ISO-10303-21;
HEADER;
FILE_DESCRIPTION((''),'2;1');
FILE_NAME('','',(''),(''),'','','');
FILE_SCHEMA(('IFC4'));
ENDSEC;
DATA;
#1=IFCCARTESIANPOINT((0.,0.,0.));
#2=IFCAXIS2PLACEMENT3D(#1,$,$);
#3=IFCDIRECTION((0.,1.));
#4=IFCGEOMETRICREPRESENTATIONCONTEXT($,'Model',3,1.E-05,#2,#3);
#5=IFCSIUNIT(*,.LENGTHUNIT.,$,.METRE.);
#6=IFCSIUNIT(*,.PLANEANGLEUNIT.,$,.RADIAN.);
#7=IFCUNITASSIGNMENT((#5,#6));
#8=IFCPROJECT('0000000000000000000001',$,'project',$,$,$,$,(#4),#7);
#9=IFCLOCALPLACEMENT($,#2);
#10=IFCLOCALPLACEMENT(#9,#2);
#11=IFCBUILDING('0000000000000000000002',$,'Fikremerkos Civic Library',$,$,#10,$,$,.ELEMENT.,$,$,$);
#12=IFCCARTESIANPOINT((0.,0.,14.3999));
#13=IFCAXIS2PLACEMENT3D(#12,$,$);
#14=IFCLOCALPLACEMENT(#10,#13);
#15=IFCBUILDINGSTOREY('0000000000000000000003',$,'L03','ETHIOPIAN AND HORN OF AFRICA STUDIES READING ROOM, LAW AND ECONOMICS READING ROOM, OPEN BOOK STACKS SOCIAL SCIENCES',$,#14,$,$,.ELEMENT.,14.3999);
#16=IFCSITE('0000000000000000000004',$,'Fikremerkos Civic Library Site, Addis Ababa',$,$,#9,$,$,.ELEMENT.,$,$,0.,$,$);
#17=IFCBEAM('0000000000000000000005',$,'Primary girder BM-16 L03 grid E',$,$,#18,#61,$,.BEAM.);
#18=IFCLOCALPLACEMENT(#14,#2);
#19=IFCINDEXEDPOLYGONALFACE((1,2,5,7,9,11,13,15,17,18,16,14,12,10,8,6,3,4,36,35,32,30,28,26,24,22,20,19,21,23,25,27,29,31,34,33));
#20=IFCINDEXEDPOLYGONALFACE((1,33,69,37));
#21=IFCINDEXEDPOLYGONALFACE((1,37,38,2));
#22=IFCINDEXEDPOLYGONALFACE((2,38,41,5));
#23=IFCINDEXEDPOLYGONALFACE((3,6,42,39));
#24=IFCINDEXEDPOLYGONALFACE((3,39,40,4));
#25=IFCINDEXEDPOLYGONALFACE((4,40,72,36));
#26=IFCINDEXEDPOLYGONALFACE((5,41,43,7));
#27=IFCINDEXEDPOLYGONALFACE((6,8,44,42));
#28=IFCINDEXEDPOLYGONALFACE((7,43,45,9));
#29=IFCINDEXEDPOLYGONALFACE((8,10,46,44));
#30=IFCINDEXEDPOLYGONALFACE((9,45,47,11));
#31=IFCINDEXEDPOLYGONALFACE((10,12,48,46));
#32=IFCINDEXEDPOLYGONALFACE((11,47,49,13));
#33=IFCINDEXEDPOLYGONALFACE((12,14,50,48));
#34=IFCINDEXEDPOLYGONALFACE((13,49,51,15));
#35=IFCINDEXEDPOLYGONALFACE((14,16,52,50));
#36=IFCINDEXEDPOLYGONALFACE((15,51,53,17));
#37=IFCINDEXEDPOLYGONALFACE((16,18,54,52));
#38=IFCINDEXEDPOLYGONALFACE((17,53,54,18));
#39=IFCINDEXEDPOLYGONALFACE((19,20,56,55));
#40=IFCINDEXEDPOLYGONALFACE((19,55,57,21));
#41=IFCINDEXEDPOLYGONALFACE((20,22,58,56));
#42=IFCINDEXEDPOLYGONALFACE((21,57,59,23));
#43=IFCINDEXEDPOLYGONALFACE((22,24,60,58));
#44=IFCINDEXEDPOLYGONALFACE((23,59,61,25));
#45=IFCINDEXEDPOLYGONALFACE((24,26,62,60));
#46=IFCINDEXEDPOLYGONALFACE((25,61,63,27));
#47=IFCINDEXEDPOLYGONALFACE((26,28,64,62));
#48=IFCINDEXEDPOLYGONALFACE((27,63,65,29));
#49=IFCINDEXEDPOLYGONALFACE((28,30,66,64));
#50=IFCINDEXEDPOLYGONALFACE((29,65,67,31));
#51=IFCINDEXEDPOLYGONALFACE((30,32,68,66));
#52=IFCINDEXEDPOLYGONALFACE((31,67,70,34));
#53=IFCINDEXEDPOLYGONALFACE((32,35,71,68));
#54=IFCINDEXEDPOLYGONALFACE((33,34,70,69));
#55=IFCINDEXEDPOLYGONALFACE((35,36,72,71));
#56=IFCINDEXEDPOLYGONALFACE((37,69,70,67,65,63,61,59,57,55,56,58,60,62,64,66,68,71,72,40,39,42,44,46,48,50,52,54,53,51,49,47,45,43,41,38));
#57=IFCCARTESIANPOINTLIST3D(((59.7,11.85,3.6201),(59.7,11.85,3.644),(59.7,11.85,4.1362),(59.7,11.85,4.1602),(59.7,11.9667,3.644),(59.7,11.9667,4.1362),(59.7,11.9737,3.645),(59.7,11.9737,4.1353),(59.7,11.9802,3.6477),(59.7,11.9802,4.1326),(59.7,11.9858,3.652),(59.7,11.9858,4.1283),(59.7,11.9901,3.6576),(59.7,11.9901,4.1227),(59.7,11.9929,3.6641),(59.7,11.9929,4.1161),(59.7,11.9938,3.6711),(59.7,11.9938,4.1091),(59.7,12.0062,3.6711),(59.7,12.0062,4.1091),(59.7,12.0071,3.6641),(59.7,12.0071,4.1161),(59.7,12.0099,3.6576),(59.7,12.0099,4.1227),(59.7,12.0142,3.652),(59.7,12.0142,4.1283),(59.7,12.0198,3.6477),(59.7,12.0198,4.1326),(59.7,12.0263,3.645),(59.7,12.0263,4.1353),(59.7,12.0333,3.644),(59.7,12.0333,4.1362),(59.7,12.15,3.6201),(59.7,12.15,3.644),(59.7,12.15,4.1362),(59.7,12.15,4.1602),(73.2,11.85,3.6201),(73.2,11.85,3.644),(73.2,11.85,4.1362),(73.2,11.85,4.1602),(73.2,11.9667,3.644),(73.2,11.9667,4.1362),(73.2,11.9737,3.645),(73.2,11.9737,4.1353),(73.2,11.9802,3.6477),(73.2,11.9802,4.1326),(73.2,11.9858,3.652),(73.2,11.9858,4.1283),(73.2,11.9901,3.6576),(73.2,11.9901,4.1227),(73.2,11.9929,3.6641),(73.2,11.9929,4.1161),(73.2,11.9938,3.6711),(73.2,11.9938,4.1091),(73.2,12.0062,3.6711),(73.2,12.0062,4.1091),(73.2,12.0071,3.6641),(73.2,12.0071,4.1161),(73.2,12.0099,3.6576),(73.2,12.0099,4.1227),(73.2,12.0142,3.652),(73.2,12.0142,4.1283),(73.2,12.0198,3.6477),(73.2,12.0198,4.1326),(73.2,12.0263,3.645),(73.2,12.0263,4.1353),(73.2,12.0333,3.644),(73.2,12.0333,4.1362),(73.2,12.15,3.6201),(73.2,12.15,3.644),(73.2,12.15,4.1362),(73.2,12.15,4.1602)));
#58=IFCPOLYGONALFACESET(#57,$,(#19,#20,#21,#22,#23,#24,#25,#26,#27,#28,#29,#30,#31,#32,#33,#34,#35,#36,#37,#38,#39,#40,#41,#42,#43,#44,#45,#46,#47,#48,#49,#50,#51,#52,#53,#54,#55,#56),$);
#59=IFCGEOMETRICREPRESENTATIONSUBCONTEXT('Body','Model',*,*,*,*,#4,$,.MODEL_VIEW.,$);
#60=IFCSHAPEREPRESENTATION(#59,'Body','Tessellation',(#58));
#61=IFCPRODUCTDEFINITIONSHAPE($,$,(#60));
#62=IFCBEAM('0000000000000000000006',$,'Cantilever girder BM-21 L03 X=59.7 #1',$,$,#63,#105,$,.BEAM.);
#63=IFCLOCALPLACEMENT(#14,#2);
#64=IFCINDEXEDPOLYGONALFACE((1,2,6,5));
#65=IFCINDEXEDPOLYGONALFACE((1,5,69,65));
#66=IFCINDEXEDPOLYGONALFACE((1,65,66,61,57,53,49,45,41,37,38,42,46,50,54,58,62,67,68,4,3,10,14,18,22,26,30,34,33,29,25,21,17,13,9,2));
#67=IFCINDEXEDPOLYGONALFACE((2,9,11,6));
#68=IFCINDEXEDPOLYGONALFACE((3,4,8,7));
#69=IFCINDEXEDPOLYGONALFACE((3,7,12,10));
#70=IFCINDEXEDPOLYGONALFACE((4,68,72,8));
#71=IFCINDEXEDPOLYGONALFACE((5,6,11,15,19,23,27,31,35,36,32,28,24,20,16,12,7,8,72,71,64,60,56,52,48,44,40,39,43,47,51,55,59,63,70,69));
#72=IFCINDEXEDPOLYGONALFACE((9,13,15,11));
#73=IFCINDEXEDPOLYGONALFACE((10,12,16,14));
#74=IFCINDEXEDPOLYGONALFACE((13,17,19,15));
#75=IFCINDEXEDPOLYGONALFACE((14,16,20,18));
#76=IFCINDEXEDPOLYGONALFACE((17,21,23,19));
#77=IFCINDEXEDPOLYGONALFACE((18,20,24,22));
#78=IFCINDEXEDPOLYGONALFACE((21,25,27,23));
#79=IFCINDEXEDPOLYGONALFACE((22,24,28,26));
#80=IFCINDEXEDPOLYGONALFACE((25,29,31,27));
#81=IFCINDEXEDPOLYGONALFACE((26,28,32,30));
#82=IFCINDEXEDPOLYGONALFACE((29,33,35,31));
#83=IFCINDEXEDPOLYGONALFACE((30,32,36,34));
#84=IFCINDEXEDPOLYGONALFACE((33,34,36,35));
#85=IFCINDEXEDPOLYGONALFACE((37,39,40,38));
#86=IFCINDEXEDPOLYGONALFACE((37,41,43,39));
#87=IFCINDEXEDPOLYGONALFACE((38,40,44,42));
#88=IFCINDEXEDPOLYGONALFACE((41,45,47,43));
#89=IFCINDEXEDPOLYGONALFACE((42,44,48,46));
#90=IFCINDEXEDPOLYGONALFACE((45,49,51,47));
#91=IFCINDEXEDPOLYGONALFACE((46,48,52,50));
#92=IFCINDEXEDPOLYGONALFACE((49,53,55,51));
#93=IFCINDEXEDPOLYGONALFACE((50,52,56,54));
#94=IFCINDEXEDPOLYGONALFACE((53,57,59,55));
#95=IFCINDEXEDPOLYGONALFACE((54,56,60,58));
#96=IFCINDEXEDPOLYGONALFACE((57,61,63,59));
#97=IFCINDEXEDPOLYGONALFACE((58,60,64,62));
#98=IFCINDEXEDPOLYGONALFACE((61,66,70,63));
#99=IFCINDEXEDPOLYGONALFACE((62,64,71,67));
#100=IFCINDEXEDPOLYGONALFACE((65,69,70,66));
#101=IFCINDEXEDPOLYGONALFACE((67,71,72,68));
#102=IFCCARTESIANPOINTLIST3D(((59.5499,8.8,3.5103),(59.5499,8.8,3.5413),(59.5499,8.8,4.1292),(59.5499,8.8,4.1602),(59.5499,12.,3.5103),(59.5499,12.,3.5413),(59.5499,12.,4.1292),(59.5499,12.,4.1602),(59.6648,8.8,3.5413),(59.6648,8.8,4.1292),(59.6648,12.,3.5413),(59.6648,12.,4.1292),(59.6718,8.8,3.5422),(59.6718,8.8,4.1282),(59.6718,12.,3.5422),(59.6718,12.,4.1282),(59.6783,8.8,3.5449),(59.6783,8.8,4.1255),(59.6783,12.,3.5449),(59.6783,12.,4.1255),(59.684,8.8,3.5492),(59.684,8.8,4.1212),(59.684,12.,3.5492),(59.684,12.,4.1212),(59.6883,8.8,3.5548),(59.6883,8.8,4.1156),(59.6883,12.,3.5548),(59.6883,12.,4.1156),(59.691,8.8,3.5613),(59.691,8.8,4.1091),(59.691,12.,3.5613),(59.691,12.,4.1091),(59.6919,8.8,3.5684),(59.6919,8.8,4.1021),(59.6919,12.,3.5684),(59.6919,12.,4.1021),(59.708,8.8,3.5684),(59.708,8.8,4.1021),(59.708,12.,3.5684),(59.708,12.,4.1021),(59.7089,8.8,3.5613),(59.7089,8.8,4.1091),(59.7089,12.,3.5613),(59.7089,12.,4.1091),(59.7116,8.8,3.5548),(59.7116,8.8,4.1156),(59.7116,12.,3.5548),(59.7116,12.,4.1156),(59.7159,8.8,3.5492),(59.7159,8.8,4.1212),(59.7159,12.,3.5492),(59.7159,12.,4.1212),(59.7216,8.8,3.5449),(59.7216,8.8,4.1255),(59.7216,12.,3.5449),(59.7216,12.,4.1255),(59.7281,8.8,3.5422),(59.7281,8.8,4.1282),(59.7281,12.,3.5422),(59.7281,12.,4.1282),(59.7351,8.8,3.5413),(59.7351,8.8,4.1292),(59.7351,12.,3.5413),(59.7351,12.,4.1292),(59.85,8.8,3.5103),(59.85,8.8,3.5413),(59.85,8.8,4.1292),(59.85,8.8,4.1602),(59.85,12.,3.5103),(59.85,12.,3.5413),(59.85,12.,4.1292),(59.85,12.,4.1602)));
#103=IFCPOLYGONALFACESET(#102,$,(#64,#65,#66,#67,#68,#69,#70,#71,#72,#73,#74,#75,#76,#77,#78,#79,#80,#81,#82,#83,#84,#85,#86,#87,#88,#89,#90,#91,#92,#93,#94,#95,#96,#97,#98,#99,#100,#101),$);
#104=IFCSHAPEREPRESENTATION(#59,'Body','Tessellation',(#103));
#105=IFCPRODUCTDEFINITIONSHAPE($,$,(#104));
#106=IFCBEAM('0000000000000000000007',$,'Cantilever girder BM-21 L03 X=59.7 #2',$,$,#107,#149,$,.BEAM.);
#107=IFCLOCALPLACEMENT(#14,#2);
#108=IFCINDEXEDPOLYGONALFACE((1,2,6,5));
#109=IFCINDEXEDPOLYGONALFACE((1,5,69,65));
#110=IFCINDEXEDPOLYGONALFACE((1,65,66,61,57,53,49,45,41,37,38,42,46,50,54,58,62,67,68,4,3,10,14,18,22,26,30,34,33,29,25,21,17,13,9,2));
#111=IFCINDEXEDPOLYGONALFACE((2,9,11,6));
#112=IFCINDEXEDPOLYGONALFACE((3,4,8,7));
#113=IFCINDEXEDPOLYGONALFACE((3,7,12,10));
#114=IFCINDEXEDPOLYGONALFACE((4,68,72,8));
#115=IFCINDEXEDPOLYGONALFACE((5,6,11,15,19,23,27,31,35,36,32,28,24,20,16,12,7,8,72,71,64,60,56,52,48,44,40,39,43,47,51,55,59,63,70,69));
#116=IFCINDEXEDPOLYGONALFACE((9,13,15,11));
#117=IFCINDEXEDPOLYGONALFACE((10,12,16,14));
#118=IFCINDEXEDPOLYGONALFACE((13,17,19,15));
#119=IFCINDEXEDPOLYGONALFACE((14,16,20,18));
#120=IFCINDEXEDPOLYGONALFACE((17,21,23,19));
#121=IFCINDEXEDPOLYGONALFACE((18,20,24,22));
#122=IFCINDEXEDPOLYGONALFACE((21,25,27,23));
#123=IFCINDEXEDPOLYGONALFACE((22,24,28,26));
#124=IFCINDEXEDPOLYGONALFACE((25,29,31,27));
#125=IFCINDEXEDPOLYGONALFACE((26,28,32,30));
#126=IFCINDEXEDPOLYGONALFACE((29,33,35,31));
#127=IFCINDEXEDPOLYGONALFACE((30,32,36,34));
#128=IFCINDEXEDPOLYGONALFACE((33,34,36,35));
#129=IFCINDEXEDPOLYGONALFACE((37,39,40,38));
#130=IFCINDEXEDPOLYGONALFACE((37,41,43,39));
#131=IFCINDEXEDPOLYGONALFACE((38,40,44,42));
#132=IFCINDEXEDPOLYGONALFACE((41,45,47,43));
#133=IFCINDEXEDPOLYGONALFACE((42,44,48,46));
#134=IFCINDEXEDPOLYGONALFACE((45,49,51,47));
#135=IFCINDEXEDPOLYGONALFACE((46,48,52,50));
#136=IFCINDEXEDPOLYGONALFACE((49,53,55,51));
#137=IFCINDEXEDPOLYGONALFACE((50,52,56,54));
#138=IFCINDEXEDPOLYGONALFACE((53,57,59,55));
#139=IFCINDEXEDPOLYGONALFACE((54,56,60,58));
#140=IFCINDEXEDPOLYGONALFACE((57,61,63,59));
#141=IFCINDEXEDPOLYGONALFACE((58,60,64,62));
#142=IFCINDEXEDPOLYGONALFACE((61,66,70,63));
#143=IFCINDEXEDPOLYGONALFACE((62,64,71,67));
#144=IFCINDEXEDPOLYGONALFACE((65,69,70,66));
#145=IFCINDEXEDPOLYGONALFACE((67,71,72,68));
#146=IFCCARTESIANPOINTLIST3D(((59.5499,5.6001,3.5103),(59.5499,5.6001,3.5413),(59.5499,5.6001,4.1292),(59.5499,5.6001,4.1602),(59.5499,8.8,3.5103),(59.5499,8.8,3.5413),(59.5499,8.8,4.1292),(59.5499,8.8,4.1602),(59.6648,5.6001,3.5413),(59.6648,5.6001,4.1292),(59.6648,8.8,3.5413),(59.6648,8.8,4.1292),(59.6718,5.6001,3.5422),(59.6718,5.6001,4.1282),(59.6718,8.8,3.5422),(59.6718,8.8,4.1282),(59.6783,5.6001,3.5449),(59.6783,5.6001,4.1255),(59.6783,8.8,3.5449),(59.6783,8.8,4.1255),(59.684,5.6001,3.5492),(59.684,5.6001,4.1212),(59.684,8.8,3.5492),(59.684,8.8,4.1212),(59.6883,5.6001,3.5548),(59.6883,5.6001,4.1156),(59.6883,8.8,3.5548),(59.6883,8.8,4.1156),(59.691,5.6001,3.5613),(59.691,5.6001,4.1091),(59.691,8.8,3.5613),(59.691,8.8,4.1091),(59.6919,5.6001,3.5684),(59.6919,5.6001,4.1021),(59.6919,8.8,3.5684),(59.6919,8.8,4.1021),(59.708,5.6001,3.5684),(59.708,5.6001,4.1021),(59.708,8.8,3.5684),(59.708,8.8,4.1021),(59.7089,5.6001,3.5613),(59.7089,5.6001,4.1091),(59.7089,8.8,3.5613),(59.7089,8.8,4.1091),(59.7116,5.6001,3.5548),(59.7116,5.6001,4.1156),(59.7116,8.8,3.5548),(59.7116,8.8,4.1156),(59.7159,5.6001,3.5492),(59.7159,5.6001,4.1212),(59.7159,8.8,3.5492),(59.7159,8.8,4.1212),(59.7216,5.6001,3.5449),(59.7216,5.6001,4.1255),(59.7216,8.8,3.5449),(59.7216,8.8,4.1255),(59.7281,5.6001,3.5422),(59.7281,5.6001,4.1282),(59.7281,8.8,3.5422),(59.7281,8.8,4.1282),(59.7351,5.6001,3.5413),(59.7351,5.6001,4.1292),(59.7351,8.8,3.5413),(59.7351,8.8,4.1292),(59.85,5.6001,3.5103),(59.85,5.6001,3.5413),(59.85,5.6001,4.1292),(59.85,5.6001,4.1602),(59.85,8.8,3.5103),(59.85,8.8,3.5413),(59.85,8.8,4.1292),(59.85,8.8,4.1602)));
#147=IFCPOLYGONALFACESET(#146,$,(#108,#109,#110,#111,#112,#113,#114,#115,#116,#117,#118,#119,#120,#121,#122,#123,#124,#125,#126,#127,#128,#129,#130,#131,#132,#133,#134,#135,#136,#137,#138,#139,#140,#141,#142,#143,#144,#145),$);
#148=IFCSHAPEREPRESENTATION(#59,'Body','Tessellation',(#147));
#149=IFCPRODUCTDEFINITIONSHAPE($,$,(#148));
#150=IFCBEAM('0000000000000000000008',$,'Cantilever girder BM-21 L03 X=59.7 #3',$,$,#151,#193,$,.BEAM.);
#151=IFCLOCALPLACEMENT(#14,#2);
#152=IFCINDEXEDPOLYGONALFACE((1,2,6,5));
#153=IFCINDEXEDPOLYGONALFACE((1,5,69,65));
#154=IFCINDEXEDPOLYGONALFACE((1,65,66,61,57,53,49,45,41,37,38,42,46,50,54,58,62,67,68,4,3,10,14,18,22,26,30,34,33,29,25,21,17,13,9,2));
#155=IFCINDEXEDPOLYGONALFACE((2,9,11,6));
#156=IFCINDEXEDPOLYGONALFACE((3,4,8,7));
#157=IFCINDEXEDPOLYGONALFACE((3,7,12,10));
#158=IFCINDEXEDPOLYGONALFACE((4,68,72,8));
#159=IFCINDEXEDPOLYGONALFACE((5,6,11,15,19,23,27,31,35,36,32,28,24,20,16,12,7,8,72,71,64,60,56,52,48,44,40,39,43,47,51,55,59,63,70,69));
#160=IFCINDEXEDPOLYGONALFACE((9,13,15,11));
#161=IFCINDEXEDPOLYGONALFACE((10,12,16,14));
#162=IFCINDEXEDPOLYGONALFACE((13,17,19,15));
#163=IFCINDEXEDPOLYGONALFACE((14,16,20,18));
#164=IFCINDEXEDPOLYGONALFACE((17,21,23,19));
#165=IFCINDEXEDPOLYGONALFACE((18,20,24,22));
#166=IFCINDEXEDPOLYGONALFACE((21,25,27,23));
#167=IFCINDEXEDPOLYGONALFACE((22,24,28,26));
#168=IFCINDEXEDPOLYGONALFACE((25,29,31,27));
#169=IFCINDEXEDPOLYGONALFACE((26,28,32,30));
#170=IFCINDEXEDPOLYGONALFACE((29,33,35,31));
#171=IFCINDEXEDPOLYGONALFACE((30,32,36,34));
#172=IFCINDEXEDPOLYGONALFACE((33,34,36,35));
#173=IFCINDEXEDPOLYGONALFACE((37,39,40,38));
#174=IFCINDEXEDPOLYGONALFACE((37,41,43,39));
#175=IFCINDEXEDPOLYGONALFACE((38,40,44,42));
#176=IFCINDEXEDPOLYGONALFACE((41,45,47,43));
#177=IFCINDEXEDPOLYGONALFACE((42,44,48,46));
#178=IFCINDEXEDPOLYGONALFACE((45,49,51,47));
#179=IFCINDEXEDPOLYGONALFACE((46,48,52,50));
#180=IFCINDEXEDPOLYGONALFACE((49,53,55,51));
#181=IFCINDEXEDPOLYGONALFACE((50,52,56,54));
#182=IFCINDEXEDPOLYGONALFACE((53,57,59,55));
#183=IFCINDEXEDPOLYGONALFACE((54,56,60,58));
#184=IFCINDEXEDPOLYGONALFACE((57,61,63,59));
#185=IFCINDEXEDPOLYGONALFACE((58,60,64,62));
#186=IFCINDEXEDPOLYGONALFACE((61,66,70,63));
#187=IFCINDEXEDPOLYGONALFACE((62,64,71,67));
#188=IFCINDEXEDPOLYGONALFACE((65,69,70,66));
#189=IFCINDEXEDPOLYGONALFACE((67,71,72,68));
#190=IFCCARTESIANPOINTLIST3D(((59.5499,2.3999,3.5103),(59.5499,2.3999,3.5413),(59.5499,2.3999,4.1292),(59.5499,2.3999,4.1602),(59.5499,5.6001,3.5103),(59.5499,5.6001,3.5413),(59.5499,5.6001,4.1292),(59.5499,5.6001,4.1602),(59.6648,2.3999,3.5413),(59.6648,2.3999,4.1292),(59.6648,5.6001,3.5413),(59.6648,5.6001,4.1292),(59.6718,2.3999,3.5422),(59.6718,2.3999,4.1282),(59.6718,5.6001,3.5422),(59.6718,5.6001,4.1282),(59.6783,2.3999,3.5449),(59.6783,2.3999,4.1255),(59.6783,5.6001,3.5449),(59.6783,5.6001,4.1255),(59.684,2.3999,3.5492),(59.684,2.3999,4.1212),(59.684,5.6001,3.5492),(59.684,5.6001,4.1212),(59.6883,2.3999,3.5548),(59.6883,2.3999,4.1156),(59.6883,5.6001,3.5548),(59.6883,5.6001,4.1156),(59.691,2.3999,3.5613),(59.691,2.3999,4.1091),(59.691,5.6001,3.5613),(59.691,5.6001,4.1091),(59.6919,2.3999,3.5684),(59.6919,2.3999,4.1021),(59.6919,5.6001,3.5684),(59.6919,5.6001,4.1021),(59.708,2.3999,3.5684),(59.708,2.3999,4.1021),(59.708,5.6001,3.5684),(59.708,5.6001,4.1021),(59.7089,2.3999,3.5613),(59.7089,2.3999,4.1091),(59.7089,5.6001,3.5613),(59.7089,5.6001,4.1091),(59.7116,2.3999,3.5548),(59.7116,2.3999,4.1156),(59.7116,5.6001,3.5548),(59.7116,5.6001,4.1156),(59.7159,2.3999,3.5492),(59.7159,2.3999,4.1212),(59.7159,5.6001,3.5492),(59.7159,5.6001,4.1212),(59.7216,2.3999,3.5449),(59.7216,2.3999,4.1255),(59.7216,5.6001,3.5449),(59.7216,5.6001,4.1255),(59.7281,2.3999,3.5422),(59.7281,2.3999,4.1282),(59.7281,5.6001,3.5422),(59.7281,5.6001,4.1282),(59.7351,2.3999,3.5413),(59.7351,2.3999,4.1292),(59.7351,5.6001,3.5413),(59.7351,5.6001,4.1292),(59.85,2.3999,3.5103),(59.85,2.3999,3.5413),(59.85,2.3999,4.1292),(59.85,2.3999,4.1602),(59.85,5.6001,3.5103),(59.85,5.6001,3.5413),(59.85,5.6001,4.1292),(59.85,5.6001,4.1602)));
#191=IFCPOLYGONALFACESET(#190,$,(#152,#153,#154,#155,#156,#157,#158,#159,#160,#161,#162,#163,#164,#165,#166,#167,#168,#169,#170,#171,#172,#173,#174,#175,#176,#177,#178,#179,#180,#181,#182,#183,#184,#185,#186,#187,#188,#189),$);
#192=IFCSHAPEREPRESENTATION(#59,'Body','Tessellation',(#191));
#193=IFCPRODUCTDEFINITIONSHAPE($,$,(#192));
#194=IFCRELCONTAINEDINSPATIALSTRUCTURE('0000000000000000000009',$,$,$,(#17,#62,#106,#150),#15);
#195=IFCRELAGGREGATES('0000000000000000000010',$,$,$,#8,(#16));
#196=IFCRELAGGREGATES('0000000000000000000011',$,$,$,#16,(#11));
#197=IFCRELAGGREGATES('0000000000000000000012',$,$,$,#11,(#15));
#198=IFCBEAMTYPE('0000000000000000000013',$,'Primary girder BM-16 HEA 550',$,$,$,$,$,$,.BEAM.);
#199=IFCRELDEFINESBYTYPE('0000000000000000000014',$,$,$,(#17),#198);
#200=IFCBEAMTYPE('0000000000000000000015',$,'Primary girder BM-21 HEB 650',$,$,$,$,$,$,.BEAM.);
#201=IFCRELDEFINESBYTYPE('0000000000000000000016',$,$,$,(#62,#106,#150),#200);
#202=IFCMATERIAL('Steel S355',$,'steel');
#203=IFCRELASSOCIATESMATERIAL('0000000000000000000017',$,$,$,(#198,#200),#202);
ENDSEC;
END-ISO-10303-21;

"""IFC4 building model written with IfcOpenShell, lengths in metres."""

from ifc_helpers import new_model, si_unit, direction, frame, origin, origin_2d, place, context, subcontext, project, spatial, i_section, extrude, material, material_profile, profile_set, type_object, element, save


model = new_model("IFC4")

# Units and contexts
model_context = context("Model", 3, precision=1e-05, world=origin(), true_north=direction((0.0, 1.0)))
body_context = subcontext(model_context, "Body", "Model", "MODEL_VIEW")
ifc_project = project(units=[si_unit("LENGTHUNIT", "METRE"), si_unit("PLANEANGLEUNIT", "RADIAN")], contexts=[model_context])

# Site, building, storey
site_placement = place(None, origin())
site = spatial("IfcSite", under=ifc_project, at=site_placement, Name="Fikremerkos Civic Library Site, Addis Ababa", CompositionType="ELEMENT", RefElevation=0.0)
building_placement = place(site_placement, origin())
building = spatial("IfcBuilding", under=site, at=building_placement, Name="Fikremerkos Civic Library", CompositionType="ELEMENT")
storey_placement = place(building_placement, frame((0.0, 0.0, 14.3999)))
storey = spatial("IfcBuildingStorey", under=building, at=storey_placement, Name="L03", Description="ETHIOPIAN AND HORN OF AFRICA STUDIES READING ROOM, LAW AND ECONOMICS READING ROOM, OPEN BOOK STACKS SOCIAL SCIENCES", CompositionType="ELEMENT", Elevation=14.3999)

# Shared definitions
ifc_material_1 = material(Name="Steel S355", Category="steel")

# Beams
ifc_material_profile_1 = material_profile(ifc_material_1, i_section(OverallWidth=0.3, OverallDepth=0.54, WebThickness=0.0125, FlangeThickness=0.0239, FilletRadius=0.0271, at=origin_2d()), Name="HEA 550")
ifc_profile_set_1 = profile_set([ifc_material_profile_1], Name="Steel S355")
beam_type_1 = type_object("IfcBeamType", Name="Primary girder BM-16 HEA 550", PredefinedType="BEAM", material=ifc_profile_set_1)
beam_1_placement = place(storey_placement, frame((59.7, 12.0, 3.8901), z_axis=(1.0, 0.0, 0.0), x_axis=(0.0, 1.0, 0.0)))
element("IfcBeam", 1, at=beam_1_placement, inside=storey, type_object=beam_type_1, Name="Primary girder BM-16 L03 grid E", PredefinedType="BEAM", context=body_context, shape_type="SweptSolid", body=[
    extrude(i_section(OverallWidth=0.3, OverallDepth=0.54, WebThickness=0.0125, FlangeThickness=0.0239, FilletRadius=0.0271, at=origin_2d()), origin(), (0.0, 0.0, 1.0), 13.5),
])
ifc_material_profile_2 = material_profile(ifc_material_1, i_section(OverallWidth=0.3, OverallDepth=0.6499, WebThickness=0.0161, FlangeThickness=0.031, FilletRadius=0.0271, at=origin_2d()), Name="HEB 650")
ifc_profile_set_2 = profile_set([ifc_material_profile_2], Name="Steel S355")
beam_type_2 = type_object("IfcBeamType", Name="Primary girder BM-21 HEB 650", PredefinedType="BEAM", material=ifc_profile_set_2)
for number, where, z_axis, x_axis, name in (
    (2, (59.7, 12.0, 3.8352), (0.0, -1.0, 0.0), (1.0, 0.0, 0.0), "Cantilever girder BM-21 L03 X=59.7 #1"),
    (3, (59.7, 8.8, 3.8352), (0.0, -1.0, 0.0), (1.0, 0.0, 0.0), "Cantilever girder BM-21 L03 X=59.7 #2"),
):
    element("IfcBeam", number, at=place(storey_placement, frame(where, z_axis=z_axis, x_axis=x_axis)), inside=storey, type_object=beam_type_2, Name=name, PredefinedType="BEAM", context=body_context, shape_type="SweptSolid", body=[
        extrude(i_section(OverallWidth=0.3, OverallDepth=0.6499, WebThickness=0.0161, FlangeThickness=0.031, FilletRadius=0.0271, at=origin_2d()), origin(), (0.0, 0.0, 1.0), 3.2),
    ])
beam_2_placement = place(storey_placement, frame((59.7, 5.6001, 3.8352), z_axis=(0.0, -1.0, 0.0), x_axis=(1.0, 0.0, 0.0)))
element("IfcBeam", 4, at=beam_2_placement, inside=storey, type_object=beam_type_2, Name="Cantilever girder BM-21 L03 X=59.7 #3", PredefinedType="BEAM", context=body_context, shape_type="SweptSolid", body=[
    extrude(i_section(OverallWidth=0.3, OverallDepth=0.6499, WebThickness=0.0161, FlangeThickness=0.031, FilletRadius=0.0271, at=origin_2d()), origin(), (0.0, 0.0, 1.0), 3.2002),
])

save(model, "model.ifc")
